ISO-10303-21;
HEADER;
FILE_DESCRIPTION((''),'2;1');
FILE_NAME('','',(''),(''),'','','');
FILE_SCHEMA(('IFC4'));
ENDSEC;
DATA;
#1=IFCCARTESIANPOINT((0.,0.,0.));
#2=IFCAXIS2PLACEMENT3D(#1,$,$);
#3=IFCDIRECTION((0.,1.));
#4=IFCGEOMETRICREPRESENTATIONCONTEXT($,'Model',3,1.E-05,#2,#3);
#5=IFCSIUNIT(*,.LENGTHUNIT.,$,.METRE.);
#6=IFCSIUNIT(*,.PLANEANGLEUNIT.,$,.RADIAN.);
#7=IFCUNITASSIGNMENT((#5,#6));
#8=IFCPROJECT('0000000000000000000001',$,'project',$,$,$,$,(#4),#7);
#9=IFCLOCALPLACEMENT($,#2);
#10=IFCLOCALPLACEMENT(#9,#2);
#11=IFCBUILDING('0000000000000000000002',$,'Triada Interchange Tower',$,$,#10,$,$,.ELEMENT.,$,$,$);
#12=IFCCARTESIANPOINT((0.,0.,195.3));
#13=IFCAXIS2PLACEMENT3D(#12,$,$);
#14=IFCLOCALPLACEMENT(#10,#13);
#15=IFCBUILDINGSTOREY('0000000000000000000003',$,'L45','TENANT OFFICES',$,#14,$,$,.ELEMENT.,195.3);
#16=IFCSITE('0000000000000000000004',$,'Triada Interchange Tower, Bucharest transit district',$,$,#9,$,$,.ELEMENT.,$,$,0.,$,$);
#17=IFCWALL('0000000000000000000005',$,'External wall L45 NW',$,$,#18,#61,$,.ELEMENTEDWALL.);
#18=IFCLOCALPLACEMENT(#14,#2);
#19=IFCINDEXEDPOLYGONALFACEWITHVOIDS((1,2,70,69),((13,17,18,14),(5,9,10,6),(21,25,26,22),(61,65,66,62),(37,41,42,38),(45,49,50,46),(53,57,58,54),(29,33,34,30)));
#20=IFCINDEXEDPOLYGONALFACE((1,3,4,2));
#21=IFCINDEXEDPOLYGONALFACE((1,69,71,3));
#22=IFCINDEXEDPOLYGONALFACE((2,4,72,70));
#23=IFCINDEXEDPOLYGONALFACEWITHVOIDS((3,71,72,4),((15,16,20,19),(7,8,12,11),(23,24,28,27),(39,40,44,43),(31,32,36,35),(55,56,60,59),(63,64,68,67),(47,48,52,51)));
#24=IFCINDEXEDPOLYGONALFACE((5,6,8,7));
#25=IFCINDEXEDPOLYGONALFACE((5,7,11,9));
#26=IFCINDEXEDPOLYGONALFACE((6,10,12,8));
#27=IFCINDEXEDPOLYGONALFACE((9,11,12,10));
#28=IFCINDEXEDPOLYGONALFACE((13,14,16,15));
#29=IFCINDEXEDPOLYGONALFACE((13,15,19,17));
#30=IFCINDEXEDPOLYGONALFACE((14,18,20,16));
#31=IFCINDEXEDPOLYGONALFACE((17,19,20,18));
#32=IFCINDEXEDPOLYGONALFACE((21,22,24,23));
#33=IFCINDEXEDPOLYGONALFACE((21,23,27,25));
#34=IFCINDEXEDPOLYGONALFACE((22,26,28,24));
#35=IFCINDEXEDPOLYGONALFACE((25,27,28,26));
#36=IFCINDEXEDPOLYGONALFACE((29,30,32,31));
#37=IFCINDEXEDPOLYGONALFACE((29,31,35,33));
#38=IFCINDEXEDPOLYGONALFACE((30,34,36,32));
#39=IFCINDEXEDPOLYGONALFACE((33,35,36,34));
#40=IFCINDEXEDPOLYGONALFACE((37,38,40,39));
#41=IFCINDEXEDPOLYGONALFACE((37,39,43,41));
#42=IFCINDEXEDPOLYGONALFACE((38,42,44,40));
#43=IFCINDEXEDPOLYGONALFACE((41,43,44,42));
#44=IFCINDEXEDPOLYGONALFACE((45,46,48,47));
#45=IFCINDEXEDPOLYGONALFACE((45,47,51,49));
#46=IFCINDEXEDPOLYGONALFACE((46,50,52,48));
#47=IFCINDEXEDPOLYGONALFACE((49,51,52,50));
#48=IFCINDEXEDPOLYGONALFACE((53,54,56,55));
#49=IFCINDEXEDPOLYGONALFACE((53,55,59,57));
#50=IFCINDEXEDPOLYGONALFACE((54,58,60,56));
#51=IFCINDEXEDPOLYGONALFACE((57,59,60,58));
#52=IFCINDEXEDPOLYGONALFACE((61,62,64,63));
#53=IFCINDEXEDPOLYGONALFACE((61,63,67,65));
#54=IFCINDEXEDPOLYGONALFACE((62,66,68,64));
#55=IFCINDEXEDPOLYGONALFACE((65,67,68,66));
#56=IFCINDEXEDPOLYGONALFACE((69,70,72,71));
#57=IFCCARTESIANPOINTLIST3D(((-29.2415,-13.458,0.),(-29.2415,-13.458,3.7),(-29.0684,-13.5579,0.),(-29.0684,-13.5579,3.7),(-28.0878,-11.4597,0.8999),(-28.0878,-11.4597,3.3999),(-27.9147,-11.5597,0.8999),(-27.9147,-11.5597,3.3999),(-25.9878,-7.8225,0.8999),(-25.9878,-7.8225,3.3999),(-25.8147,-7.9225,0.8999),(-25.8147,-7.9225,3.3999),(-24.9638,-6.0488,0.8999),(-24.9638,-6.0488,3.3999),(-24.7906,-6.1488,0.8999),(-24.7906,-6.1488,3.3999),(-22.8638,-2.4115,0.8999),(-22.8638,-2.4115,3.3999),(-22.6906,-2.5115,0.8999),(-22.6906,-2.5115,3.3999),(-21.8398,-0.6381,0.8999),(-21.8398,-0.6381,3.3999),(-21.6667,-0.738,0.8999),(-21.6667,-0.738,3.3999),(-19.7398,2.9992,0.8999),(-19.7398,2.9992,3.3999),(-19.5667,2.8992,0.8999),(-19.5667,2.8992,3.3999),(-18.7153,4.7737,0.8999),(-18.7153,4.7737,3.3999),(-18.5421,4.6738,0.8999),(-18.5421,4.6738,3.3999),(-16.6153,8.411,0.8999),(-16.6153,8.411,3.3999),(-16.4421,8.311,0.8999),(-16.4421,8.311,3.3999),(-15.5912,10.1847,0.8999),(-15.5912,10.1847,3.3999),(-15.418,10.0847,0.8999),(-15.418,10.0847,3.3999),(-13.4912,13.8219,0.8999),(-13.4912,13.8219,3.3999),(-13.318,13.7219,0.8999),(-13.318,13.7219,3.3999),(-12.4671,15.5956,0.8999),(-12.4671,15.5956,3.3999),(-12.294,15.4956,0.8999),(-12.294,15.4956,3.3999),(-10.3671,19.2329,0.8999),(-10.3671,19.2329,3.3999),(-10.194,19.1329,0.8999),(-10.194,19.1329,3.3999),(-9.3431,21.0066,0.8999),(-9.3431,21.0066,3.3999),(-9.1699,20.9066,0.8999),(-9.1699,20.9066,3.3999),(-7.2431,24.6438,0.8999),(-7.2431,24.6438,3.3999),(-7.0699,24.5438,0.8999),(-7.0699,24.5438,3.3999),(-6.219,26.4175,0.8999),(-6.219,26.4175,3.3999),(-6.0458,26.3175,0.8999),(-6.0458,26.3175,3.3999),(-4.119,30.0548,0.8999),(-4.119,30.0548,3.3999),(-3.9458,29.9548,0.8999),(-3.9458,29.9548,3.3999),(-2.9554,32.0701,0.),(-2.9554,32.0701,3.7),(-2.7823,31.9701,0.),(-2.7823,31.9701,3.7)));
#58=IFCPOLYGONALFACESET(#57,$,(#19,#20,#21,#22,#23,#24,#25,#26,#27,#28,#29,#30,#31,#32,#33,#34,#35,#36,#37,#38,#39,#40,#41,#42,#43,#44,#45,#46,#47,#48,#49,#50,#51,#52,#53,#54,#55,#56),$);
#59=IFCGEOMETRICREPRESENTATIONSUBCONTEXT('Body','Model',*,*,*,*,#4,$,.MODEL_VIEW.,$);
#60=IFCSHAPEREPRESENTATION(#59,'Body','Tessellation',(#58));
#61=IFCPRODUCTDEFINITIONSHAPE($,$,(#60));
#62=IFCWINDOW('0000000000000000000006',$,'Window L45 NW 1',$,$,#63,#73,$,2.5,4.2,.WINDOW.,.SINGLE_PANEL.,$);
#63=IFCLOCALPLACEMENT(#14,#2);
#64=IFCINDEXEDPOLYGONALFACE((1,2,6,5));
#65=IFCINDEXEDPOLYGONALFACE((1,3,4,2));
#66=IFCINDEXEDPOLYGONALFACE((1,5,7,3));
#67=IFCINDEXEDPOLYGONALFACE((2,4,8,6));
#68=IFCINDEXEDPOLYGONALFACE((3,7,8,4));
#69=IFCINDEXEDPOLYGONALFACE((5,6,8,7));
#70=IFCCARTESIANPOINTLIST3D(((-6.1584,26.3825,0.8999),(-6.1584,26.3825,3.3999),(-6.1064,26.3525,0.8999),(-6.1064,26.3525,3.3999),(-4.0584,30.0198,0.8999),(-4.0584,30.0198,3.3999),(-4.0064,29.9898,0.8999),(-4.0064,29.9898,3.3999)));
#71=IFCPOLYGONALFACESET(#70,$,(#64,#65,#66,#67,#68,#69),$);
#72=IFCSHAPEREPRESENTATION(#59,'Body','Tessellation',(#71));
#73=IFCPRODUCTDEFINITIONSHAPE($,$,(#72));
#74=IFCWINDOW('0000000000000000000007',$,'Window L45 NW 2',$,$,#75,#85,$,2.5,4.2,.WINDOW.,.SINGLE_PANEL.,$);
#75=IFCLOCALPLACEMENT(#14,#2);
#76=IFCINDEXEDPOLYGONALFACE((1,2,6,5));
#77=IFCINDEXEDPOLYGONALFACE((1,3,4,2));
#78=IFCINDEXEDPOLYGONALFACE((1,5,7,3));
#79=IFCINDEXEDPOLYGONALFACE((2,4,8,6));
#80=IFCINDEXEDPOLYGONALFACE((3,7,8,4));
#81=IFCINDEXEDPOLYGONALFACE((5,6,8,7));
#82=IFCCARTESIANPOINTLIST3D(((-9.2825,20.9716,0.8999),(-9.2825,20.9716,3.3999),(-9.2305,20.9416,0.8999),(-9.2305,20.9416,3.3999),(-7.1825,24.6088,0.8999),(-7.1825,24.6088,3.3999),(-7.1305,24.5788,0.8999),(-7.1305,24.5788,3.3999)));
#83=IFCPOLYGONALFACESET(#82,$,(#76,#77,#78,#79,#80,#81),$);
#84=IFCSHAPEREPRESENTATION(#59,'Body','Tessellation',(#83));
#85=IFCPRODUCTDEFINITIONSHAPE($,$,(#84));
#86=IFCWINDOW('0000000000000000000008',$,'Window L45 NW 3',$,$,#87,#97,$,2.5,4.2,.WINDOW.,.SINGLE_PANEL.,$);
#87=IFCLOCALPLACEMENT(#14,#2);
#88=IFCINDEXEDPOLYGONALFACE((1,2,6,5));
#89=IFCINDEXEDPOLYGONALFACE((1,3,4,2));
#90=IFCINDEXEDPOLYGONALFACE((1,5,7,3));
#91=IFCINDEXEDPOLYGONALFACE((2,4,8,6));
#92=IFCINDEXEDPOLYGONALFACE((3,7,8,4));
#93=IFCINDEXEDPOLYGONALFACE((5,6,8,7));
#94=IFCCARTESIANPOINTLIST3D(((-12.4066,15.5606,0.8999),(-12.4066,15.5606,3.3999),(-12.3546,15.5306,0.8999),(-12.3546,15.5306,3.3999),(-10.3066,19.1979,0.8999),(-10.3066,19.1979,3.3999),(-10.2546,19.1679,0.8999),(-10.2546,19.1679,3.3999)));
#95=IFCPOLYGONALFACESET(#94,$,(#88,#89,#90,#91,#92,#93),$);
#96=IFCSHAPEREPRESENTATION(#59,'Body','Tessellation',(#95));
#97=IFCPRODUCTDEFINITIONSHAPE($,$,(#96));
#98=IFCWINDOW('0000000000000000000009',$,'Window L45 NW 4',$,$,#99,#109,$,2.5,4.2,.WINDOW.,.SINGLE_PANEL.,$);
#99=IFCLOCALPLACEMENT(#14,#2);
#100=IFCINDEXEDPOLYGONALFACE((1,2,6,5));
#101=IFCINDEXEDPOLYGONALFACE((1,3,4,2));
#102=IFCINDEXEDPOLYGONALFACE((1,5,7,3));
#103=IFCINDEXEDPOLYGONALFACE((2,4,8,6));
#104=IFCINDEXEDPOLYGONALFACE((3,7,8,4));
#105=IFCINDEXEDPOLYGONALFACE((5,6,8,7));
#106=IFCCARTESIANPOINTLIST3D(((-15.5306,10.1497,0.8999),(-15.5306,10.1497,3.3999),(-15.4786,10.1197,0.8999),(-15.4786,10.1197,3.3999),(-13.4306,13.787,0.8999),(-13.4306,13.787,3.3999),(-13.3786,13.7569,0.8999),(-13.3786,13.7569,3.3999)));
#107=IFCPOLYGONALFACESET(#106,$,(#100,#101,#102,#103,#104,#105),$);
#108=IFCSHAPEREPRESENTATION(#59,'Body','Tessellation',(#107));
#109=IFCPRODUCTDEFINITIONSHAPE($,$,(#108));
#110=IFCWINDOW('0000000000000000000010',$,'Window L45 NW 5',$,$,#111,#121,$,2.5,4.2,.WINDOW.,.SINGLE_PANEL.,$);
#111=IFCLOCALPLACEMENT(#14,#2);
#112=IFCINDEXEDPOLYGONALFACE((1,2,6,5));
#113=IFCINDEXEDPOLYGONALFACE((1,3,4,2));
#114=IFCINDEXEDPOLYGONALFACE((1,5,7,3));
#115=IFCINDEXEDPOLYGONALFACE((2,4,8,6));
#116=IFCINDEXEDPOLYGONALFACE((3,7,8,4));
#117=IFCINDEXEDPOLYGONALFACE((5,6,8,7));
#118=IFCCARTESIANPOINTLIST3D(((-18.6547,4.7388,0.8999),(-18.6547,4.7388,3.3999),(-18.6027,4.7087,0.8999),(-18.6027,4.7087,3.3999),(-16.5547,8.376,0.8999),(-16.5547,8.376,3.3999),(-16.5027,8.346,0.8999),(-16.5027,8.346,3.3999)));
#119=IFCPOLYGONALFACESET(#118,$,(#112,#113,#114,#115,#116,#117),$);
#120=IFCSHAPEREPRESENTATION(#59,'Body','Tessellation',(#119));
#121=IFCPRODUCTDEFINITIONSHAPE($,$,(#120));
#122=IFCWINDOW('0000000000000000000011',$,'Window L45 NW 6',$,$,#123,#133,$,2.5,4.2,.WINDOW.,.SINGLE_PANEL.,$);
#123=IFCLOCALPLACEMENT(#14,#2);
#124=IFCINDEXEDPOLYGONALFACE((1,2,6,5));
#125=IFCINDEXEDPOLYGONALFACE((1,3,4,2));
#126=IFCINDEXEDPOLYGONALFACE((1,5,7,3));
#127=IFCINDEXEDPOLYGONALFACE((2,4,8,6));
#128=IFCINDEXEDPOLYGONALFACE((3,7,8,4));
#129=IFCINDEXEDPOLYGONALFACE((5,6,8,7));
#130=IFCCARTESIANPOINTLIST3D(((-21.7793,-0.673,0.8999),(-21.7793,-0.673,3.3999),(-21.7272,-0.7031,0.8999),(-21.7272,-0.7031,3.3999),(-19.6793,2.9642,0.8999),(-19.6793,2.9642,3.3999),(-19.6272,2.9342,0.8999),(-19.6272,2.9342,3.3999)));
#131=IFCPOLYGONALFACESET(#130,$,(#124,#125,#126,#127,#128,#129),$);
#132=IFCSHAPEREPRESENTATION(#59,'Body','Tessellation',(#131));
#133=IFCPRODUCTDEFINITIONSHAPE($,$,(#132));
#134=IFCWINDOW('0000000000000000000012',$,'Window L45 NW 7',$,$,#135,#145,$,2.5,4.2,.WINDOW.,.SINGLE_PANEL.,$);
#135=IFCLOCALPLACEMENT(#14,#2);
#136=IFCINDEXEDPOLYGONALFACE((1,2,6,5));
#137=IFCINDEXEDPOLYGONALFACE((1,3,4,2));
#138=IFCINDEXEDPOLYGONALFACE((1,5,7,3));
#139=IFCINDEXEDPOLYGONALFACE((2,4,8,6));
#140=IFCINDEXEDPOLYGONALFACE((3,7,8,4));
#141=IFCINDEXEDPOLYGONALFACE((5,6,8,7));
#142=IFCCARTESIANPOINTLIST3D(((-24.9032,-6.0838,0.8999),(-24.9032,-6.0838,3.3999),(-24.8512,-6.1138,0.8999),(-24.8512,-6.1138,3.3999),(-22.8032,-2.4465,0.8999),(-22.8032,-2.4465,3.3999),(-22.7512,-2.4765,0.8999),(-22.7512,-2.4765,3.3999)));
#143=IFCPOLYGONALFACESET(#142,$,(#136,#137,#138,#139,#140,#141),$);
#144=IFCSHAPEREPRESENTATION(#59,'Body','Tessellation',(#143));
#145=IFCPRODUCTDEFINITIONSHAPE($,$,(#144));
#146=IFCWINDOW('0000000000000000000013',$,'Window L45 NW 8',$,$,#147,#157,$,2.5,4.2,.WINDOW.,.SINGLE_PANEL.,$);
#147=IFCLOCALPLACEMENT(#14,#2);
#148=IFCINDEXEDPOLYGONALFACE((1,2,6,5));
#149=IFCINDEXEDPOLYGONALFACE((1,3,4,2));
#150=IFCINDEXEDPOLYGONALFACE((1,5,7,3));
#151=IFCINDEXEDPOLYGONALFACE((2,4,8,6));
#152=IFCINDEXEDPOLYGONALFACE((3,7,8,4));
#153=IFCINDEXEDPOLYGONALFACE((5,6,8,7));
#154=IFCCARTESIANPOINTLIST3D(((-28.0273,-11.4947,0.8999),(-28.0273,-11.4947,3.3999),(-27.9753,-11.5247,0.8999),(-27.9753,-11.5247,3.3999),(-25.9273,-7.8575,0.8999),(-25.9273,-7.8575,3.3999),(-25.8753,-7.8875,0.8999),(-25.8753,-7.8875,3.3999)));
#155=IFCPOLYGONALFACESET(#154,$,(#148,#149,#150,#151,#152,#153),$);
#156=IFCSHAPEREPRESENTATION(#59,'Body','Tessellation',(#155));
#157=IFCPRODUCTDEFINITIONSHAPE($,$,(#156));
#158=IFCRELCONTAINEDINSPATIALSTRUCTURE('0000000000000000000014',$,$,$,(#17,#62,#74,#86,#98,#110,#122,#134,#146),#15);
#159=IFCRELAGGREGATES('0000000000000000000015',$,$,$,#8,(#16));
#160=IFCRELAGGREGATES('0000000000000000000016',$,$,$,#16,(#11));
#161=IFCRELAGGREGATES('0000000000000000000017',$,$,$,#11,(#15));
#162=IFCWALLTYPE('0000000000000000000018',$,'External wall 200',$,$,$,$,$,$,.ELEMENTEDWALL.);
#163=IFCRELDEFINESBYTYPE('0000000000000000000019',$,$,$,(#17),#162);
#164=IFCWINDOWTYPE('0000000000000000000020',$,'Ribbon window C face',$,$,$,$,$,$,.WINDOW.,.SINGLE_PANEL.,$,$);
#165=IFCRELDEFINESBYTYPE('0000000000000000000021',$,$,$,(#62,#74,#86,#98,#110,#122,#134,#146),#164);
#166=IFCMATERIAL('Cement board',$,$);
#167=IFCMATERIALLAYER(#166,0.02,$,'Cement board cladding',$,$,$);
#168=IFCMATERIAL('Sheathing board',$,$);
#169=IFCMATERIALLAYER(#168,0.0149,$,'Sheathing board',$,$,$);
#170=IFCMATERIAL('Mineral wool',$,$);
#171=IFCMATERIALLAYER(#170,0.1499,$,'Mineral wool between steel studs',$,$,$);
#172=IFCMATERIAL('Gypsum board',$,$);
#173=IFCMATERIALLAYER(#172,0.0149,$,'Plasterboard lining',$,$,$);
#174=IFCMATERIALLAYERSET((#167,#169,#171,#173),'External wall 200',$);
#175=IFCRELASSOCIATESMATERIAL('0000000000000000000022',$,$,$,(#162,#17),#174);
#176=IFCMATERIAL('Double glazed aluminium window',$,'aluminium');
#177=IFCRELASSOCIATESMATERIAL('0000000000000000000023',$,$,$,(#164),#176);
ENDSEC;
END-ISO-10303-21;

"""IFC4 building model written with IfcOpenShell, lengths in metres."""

from ifc_helpers import new_model, si_unit, direction, frame, frame_2d, origin, place, context, subcontext, project, spatial, rectangle, extrude, material, layer, layer_set, layer_usage, type_object, element, fill, save


model = new_model("IFC4")

# Units and contexts
model_context = context("Model", 3, precision=1e-05, world=origin(), true_north=direction((0.0, 1.0)))
body_context = subcontext(model_context, "Body", "Model", "MODEL_VIEW")
ifc_project = project(units=[si_unit("LENGTHUNIT", "METRE"), si_unit("PLANEANGLEUNIT", "RADIAN")], contexts=[model_context])

# Site, building, storey
site_placement = place(None, origin())
site = spatial("IfcSite", under=ifc_project, at=site_placement, Name="Triada Interchange Tower, Bucharest transit district", CompositionType="ELEMENT", RefElevation=0.0)
building_placement = place(site_placement, origin())
building = spatial("IfcBuilding", under=site, at=building_placement, Name="Triada Interchange Tower", CompositionType="ELEMENT")
storey_placement = place(building_placement, frame((0.0, 0.0, 195.3)))
storey = spatial("IfcBuildingStorey", under=building, at=storey_placement, Name="L45", Description="TENANT OFFICES", CompositionType="ELEMENT", Elevation=195.3)

# Wall, openings, windows
ifc_material_1 = material(Name="Cement board")
ifc_layer_1 = layer(ifc_material_1, 0.02, Name="Cement board cladding")
ifc_material_2 = material(Name="Sheathing board")
ifc_layer_2 = layer(ifc_material_2, 0.0149, Name="Sheathing board")
ifc_material_3 = material(Name="Mineral wool")
ifc_layer_3 = layer(ifc_material_3, 0.1499, Name="Mineral wool between steel studs")
ifc_material_4 = material(Name="Gypsum board")
ifc_layer_4 = layer(ifc_material_4, 0.0149, Name="Plasterboard lining")
ifc_layer_set_1 = layer_set([ifc_layer_1, ifc_layer_2, ifc_layer_3, ifc_layer_4], Name="External wall 200")
ifc_layer_usage = layer_usage(ifc_layer_set_1, "AXIS2", "POSITIVE", -0.1001)
wall_type_1 = type_object("IfcWallType", Name="External wall 200", PredefinedType="ELEMENTEDWALL", material=ifc_layer_set_1)
wall_1_placement = place(storey_placement, frame((-2.8689, 32.02, 0.0), z_axis=(0.0, 0.0, 1.0), x_axis=(-0.500007, -0.866021, 0.0)))
wall_1 = element("IfcWall", 1, at=wall_1_placement, inside=storey, type_object=wall_type_1, material=ifc_layer_usage, Name="External wall L45 NW", PredefinedType="ELEMENTEDWALL", context=body_context, shape_type="SweptSolid", body=[
    extrude(rectangle(XDim=52.5715, YDim=0.2, at=frame_2d((26.2856, 0.0))), origin(), (0.0, 0.0, 1.0), 3.7),
])
opening_1_placement = place(wall_1_placement, frame((2.3269, 0.0, 0.8999)))
opening_1 = element("IfcOpeningElement", 2, at=opening_1_placement, cuts=wall_1, PredefinedType="OPENING", context=body_context, shape_type="SweptSolid", body=[
    extrude(rectangle(XDim=4.2, YDim=2.5, at=frame_2d((2.1001, 1.25))), frame((0.0, 0.1099, 0.0), z_axis=(0.0, -1.0, 0.0), x_axis=(1.0, 0.0, 0.0)), (0.0, 0.0, 1.0), 0.22),
])
opening_2_placement = place(wall_1_placement, frame((8.575, 0.0, 0.8999)))
opening_2 = element("IfcOpeningElement", 3, at=opening_2_placement, cuts=wall_1, PredefinedType="OPENING", context=body_context, shape_type="SweptSolid", body=[
    extrude(rectangle(XDim=4.2, YDim=2.5, at=frame_2d((2.1001, 1.25))), frame((0.0, 0.1099, 0.0), z_axis=(0.0, -1.0, 0.0), x_axis=(1.0, 0.0, 0.0)), (0.0, 0.0, 1.0), 0.22),
])
opening_3_placement = place(wall_1_placement, frame((14.823, 0.0, 0.8999)))
opening_3 = element("IfcOpeningElement", 4, at=opening_3_placement, cuts=wall_1, PredefinedType="OPENING", context=body_context, shape_type="SweptSolid", body=[
    extrude(rectangle(XDim=4.2, YDim=2.5, at=frame_2d((2.1001, 1.25))), frame((0.0, 0.1099, 0.0), z_axis=(0.0, -1.0, 0.0), x_axis=(1.0, 0.0, 0.0)), (0.0, 0.0, 1.0), 0.22),
])
opening_4_placement = place(wall_1_placement, frame((21.071, 0.0, 0.8999)))
opening_4 = element("IfcOpeningElement", 5, at=opening_4_placement, cuts=wall_1, PredefinedType="OPENING", context=body_context, shape_type="SweptSolid", body=[
    extrude(rectangle(XDim=4.2, YDim=2.5, at=frame_2d((2.1001, 1.25))), frame((0.0, 0.1099, 0.0), z_axis=(0.0, -1.0, 0.0), x_axis=(1.0, 0.0, 0.0)), (0.0, 0.0, 1.0), 0.22),
])
opening_5_placement = place(wall_1_placement, frame((27.3191, 0.0, 0.8999)))
opening_5 = element("IfcOpeningElement", 6, at=opening_5_placement, cuts=wall_1, PredefinedType="OPENING", context=body_context, shape_type="SweptSolid", body=[
    extrude(rectangle(XDim=4.2, YDim=2.5, at=frame_2d((2.1001, 1.25))), frame((0.0, 0.1099, 0.0), z_axis=(0.0, -1.0, 0.0), x_axis=(1.0, 0.0, 0.0)), (0.0, 0.0, 1.0), 0.22),
])
opening_6_placement = place(wall_1_placement, frame((33.5681, 0.0, 0.8999)))
opening_6 = element("IfcOpeningElement", 7, at=opening_6_placement, cuts=wall_1, PredefinedType="OPENING", context=body_context, shape_type="SweptSolid", body=[
    extrude(rectangle(XDim=4.2, YDim=2.5, at=frame_2d((2.1001, 1.25))), frame((0.0, 0.1099, 0.0), z_axis=(0.0, -1.0, 0.0), x_axis=(1.0, 0.0, 0.0)), (0.0, 0.0, 1.0), 0.22),
])
opening_7_placement = place(wall_1_placement, frame((39.8159, 0.0, 0.8999)))
opening_7 = element("IfcOpeningElement", 8, at=opening_7_placement, cuts=wall_1, PredefinedType="OPENING", context=body_context, shape_type="SweptSolid", body=[
    extrude(rectangle(XDim=4.2, YDim=2.5, at=frame_2d((2.1001, 1.25))), frame((0.0, 0.1099, 0.0), z_axis=(0.0, -1.0, 0.0), x_axis=(1.0, 0.0, 0.0)), (0.0, 0.0, 1.0), 0.22),
])
opening_8_placement = place(wall_1_placement, frame((46.064, 0.0, 0.8999)))
opening_8 = element("IfcOpeningElement", 9, at=opening_8_placement, cuts=wall_1, PredefinedType="OPENING", context=body_context, shape_type="SweptSolid", body=[
    extrude(rectangle(XDim=4.2, YDim=2.5, at=frame_2d((2.1001, 1.25))), frame((0.0, 0.1099, 0.0), z_axis=(0.0, -1.0, 0.0), x_axis=(1.0, 0.0, 0.0)), (0.0, 0.0, 1.0), 0.22),
])
ifc_material_5 = material(Name="Double glazed aluminium window", Category="aluminium")
window_type = type_object("IfcWindowType", Name="Ribbon window C face", PartitioningType="SINGLE_PANEL", PredefinedType="WINDOW", material=ifc_material_5)
window_1_placement = place(opening_1_placement, origin())
window_1 = element("IfcWindow", 10, at=window_1_placement, inside=storey, type_object=window_type, Name="Window L45 NW 1", OverallHeight=2.5, OverallWidth=4.2, PartitioningType="SINGLE_PANEL", PredefinedType="WINDOW", context=body_context, shape_type="SweptSolid", body=[
    extrude(rectangle(XDim=4.2, YDim=2.5, at=frame_2d((2.1001, 1.25))), frame((0.0, 0.03, 0.0), z_axis=(0.0, -1.0, 0.0), x_axis=(1.0, 0.0, 0.0)), (0.0, 0.0, 1.0), 0.0601),
])
fill(opening_1, window_1)
window_2_placement = place(opening_2_placement, origin())
window_2 = element("IfcWindow", 11, at=window_2_placement, inside=storey, type_object=window_type, Name="Window L45 NW 2", OverallHeight=2.5, OverallWidth=4.2, PartitioningType="SINGLE_PANEL", PredefinedType="WINDOW", context=body_context, shape_type="SweptSolid", body=[
    extrude(rectangle(XDim=4.2, YDim=2.5, at=frame_2d((2.1001, 1.25))), frame((0.0, 0.03, 0.0), z_axis=(0.0, -1.0, 0.0), x_axis=(1.0, 0.0, 0.0)), (0.0, 0.0, 1.0), 0.0601),
])
fill(opening_2, window_2)
window_3_placement = place(opening_3_placement, origin())
window_3 = element("IfcWindow", 12, at=window_3_placement, inside=storey, type_object=window_type, Name="Window L45 NW 3", OverallHeight=2.5, OverallWidth=4.2, PartitioningType="SINGLE_PANEL", PredefinedType="WINDOW", context=body_context, shape_type="SweptSolid", body=[
    extrude(rectangle(XDim=4.2, YDim=2.5, at=frame_2d((2.1001, 1.25))), frame((0.0, 0.03, 0.0), z_axis=(0.0, -1.0, 0.0), x_axis=(1.0, 0.0, 0.0)), (0.0, 0.0, 1.0), 0.0601),
])
fill(opening_3, window_3)
window_4_placement = place(opening_4_placement, origin())
window_4 = element("IfcWindow", 13, at=window_4_placement, inside=storey, type_object=window_type, Name="Window L45 NW 4", OverallHeight=2.5, OverallWidth=4.2, PartitioningType="SINGLE_PANEL", PredefinedType="WINDOW", context=body_context, shape_type="SweptSolid", body=[
    extrude(rectangle(XDim=4.2, YDim=2.5, at=frame_2d((2.1001, 1.25))), frame((0.0, 0.03, 0.0), z_axis=(0.0, -1.0, 0.0), x_axis=(1.0, 0.0, 0.0)), (0.0, 0.0, 1.0), 0.0601),
])
fill(opening_4, window_4)
window_5_placement = place(opening_5_placement, origin())
window_5 = element("IfcWindow", 14, at=window_5_placement, inside=storey, type_object=window_type, Name="Window L45 NW 5", OverallHeight=2.5, OverallWidth=4.2, PartitioningType="SINGLE_PANEL", PredefinedType="WINDOW", context=body_context, shape_type="SweptSolid", body=[
    extrude(rectangle(XDim=4.2, YDim=2.5, at=frame_2d((2.1001, 1.25))), frame((0.0, 0.03, 0.0), z_axis=(0.0, -1.0, 0.0), x_axis=(1.0, 0.0, 0.0)), (0.0, 0.0, 1.0), 0.0601),
])
fill(opening_5, window_5)
window_6_placement = place(opening_6_placement, origin())
window_6 = element("IfcWindow", 15, at=window_6_placement, inside=storey, type_object=window_type, Name="Window L45 NW 6", OverallHeight=2.5, OverallWidth=4.2, PartitioningType="SINGLE_PANEL", PredefinedType="WINDOW", context=body_context, shape_type="SweptSolid", body=[
    extrude(rectangle(XDim=4.2, YDim=2.5, at=frame_2d((2.1001, 1.25))), frame((0.0, 0.03, 0.0), z_axis=(0.0, -1.0, 0.0), x_axis=(1.0, 0.0, 0.0)), (0.0, 0.0, 1.0), 0.0601),
])
fill(opening_6, window_6)
window_7_placement = place(opening_7_placement, origin())
window_7 = element("IfcWindow", 16, at=window_7_placement, inside=storey, type_object=window_type, Name="Window L45 NW 7", OverallHeight=2.5, OverallWidth=4.2, PartitioningType="SINGLE_PANEL", PredefinedType="WINDOW", context=body_context, shape_type="SweptSolid", body=[
    extrude(rectangle(XDim=4.2, YDim=2.5, at=frame_2d((2.1001, 1.25))), frame((0.0, 0.03, 0.0), z_axis=(0.0, -1.0, 0.0), x_axis=(1.0, 0.0, 0.0)), (0.0, 0.0, 1.0), 0.0601),
])
fill(opening_7, window_7)
window_8_placement = place(opening_8_placement, origin())
window_8 = element("IfcWindow", 17, at=window_8_placement, inside=storey, type_object=window_type, Name="Window L45 NW 8", OverallHeight=2.5, OverallWidth=4.2, PartitioningType="SINGLE_PANEL", PredefinedType="WINDOW", context=body_context, shape_type="SweptSolid", body=[
    extrude(rectangle(XDim=4.2, YDim=2.5, at=frame_2d((2.1001, 1.25))), frame((0.0, 0.03, 0.0), z_axis=(0.0, -1.0, 0.0), x_axis=(1.0, 0.0, 0.0)), (0.0, 0.0, 1.0), 0.0601),
])
fill(opening_8, window_8)

save(model, "model.ifc")
